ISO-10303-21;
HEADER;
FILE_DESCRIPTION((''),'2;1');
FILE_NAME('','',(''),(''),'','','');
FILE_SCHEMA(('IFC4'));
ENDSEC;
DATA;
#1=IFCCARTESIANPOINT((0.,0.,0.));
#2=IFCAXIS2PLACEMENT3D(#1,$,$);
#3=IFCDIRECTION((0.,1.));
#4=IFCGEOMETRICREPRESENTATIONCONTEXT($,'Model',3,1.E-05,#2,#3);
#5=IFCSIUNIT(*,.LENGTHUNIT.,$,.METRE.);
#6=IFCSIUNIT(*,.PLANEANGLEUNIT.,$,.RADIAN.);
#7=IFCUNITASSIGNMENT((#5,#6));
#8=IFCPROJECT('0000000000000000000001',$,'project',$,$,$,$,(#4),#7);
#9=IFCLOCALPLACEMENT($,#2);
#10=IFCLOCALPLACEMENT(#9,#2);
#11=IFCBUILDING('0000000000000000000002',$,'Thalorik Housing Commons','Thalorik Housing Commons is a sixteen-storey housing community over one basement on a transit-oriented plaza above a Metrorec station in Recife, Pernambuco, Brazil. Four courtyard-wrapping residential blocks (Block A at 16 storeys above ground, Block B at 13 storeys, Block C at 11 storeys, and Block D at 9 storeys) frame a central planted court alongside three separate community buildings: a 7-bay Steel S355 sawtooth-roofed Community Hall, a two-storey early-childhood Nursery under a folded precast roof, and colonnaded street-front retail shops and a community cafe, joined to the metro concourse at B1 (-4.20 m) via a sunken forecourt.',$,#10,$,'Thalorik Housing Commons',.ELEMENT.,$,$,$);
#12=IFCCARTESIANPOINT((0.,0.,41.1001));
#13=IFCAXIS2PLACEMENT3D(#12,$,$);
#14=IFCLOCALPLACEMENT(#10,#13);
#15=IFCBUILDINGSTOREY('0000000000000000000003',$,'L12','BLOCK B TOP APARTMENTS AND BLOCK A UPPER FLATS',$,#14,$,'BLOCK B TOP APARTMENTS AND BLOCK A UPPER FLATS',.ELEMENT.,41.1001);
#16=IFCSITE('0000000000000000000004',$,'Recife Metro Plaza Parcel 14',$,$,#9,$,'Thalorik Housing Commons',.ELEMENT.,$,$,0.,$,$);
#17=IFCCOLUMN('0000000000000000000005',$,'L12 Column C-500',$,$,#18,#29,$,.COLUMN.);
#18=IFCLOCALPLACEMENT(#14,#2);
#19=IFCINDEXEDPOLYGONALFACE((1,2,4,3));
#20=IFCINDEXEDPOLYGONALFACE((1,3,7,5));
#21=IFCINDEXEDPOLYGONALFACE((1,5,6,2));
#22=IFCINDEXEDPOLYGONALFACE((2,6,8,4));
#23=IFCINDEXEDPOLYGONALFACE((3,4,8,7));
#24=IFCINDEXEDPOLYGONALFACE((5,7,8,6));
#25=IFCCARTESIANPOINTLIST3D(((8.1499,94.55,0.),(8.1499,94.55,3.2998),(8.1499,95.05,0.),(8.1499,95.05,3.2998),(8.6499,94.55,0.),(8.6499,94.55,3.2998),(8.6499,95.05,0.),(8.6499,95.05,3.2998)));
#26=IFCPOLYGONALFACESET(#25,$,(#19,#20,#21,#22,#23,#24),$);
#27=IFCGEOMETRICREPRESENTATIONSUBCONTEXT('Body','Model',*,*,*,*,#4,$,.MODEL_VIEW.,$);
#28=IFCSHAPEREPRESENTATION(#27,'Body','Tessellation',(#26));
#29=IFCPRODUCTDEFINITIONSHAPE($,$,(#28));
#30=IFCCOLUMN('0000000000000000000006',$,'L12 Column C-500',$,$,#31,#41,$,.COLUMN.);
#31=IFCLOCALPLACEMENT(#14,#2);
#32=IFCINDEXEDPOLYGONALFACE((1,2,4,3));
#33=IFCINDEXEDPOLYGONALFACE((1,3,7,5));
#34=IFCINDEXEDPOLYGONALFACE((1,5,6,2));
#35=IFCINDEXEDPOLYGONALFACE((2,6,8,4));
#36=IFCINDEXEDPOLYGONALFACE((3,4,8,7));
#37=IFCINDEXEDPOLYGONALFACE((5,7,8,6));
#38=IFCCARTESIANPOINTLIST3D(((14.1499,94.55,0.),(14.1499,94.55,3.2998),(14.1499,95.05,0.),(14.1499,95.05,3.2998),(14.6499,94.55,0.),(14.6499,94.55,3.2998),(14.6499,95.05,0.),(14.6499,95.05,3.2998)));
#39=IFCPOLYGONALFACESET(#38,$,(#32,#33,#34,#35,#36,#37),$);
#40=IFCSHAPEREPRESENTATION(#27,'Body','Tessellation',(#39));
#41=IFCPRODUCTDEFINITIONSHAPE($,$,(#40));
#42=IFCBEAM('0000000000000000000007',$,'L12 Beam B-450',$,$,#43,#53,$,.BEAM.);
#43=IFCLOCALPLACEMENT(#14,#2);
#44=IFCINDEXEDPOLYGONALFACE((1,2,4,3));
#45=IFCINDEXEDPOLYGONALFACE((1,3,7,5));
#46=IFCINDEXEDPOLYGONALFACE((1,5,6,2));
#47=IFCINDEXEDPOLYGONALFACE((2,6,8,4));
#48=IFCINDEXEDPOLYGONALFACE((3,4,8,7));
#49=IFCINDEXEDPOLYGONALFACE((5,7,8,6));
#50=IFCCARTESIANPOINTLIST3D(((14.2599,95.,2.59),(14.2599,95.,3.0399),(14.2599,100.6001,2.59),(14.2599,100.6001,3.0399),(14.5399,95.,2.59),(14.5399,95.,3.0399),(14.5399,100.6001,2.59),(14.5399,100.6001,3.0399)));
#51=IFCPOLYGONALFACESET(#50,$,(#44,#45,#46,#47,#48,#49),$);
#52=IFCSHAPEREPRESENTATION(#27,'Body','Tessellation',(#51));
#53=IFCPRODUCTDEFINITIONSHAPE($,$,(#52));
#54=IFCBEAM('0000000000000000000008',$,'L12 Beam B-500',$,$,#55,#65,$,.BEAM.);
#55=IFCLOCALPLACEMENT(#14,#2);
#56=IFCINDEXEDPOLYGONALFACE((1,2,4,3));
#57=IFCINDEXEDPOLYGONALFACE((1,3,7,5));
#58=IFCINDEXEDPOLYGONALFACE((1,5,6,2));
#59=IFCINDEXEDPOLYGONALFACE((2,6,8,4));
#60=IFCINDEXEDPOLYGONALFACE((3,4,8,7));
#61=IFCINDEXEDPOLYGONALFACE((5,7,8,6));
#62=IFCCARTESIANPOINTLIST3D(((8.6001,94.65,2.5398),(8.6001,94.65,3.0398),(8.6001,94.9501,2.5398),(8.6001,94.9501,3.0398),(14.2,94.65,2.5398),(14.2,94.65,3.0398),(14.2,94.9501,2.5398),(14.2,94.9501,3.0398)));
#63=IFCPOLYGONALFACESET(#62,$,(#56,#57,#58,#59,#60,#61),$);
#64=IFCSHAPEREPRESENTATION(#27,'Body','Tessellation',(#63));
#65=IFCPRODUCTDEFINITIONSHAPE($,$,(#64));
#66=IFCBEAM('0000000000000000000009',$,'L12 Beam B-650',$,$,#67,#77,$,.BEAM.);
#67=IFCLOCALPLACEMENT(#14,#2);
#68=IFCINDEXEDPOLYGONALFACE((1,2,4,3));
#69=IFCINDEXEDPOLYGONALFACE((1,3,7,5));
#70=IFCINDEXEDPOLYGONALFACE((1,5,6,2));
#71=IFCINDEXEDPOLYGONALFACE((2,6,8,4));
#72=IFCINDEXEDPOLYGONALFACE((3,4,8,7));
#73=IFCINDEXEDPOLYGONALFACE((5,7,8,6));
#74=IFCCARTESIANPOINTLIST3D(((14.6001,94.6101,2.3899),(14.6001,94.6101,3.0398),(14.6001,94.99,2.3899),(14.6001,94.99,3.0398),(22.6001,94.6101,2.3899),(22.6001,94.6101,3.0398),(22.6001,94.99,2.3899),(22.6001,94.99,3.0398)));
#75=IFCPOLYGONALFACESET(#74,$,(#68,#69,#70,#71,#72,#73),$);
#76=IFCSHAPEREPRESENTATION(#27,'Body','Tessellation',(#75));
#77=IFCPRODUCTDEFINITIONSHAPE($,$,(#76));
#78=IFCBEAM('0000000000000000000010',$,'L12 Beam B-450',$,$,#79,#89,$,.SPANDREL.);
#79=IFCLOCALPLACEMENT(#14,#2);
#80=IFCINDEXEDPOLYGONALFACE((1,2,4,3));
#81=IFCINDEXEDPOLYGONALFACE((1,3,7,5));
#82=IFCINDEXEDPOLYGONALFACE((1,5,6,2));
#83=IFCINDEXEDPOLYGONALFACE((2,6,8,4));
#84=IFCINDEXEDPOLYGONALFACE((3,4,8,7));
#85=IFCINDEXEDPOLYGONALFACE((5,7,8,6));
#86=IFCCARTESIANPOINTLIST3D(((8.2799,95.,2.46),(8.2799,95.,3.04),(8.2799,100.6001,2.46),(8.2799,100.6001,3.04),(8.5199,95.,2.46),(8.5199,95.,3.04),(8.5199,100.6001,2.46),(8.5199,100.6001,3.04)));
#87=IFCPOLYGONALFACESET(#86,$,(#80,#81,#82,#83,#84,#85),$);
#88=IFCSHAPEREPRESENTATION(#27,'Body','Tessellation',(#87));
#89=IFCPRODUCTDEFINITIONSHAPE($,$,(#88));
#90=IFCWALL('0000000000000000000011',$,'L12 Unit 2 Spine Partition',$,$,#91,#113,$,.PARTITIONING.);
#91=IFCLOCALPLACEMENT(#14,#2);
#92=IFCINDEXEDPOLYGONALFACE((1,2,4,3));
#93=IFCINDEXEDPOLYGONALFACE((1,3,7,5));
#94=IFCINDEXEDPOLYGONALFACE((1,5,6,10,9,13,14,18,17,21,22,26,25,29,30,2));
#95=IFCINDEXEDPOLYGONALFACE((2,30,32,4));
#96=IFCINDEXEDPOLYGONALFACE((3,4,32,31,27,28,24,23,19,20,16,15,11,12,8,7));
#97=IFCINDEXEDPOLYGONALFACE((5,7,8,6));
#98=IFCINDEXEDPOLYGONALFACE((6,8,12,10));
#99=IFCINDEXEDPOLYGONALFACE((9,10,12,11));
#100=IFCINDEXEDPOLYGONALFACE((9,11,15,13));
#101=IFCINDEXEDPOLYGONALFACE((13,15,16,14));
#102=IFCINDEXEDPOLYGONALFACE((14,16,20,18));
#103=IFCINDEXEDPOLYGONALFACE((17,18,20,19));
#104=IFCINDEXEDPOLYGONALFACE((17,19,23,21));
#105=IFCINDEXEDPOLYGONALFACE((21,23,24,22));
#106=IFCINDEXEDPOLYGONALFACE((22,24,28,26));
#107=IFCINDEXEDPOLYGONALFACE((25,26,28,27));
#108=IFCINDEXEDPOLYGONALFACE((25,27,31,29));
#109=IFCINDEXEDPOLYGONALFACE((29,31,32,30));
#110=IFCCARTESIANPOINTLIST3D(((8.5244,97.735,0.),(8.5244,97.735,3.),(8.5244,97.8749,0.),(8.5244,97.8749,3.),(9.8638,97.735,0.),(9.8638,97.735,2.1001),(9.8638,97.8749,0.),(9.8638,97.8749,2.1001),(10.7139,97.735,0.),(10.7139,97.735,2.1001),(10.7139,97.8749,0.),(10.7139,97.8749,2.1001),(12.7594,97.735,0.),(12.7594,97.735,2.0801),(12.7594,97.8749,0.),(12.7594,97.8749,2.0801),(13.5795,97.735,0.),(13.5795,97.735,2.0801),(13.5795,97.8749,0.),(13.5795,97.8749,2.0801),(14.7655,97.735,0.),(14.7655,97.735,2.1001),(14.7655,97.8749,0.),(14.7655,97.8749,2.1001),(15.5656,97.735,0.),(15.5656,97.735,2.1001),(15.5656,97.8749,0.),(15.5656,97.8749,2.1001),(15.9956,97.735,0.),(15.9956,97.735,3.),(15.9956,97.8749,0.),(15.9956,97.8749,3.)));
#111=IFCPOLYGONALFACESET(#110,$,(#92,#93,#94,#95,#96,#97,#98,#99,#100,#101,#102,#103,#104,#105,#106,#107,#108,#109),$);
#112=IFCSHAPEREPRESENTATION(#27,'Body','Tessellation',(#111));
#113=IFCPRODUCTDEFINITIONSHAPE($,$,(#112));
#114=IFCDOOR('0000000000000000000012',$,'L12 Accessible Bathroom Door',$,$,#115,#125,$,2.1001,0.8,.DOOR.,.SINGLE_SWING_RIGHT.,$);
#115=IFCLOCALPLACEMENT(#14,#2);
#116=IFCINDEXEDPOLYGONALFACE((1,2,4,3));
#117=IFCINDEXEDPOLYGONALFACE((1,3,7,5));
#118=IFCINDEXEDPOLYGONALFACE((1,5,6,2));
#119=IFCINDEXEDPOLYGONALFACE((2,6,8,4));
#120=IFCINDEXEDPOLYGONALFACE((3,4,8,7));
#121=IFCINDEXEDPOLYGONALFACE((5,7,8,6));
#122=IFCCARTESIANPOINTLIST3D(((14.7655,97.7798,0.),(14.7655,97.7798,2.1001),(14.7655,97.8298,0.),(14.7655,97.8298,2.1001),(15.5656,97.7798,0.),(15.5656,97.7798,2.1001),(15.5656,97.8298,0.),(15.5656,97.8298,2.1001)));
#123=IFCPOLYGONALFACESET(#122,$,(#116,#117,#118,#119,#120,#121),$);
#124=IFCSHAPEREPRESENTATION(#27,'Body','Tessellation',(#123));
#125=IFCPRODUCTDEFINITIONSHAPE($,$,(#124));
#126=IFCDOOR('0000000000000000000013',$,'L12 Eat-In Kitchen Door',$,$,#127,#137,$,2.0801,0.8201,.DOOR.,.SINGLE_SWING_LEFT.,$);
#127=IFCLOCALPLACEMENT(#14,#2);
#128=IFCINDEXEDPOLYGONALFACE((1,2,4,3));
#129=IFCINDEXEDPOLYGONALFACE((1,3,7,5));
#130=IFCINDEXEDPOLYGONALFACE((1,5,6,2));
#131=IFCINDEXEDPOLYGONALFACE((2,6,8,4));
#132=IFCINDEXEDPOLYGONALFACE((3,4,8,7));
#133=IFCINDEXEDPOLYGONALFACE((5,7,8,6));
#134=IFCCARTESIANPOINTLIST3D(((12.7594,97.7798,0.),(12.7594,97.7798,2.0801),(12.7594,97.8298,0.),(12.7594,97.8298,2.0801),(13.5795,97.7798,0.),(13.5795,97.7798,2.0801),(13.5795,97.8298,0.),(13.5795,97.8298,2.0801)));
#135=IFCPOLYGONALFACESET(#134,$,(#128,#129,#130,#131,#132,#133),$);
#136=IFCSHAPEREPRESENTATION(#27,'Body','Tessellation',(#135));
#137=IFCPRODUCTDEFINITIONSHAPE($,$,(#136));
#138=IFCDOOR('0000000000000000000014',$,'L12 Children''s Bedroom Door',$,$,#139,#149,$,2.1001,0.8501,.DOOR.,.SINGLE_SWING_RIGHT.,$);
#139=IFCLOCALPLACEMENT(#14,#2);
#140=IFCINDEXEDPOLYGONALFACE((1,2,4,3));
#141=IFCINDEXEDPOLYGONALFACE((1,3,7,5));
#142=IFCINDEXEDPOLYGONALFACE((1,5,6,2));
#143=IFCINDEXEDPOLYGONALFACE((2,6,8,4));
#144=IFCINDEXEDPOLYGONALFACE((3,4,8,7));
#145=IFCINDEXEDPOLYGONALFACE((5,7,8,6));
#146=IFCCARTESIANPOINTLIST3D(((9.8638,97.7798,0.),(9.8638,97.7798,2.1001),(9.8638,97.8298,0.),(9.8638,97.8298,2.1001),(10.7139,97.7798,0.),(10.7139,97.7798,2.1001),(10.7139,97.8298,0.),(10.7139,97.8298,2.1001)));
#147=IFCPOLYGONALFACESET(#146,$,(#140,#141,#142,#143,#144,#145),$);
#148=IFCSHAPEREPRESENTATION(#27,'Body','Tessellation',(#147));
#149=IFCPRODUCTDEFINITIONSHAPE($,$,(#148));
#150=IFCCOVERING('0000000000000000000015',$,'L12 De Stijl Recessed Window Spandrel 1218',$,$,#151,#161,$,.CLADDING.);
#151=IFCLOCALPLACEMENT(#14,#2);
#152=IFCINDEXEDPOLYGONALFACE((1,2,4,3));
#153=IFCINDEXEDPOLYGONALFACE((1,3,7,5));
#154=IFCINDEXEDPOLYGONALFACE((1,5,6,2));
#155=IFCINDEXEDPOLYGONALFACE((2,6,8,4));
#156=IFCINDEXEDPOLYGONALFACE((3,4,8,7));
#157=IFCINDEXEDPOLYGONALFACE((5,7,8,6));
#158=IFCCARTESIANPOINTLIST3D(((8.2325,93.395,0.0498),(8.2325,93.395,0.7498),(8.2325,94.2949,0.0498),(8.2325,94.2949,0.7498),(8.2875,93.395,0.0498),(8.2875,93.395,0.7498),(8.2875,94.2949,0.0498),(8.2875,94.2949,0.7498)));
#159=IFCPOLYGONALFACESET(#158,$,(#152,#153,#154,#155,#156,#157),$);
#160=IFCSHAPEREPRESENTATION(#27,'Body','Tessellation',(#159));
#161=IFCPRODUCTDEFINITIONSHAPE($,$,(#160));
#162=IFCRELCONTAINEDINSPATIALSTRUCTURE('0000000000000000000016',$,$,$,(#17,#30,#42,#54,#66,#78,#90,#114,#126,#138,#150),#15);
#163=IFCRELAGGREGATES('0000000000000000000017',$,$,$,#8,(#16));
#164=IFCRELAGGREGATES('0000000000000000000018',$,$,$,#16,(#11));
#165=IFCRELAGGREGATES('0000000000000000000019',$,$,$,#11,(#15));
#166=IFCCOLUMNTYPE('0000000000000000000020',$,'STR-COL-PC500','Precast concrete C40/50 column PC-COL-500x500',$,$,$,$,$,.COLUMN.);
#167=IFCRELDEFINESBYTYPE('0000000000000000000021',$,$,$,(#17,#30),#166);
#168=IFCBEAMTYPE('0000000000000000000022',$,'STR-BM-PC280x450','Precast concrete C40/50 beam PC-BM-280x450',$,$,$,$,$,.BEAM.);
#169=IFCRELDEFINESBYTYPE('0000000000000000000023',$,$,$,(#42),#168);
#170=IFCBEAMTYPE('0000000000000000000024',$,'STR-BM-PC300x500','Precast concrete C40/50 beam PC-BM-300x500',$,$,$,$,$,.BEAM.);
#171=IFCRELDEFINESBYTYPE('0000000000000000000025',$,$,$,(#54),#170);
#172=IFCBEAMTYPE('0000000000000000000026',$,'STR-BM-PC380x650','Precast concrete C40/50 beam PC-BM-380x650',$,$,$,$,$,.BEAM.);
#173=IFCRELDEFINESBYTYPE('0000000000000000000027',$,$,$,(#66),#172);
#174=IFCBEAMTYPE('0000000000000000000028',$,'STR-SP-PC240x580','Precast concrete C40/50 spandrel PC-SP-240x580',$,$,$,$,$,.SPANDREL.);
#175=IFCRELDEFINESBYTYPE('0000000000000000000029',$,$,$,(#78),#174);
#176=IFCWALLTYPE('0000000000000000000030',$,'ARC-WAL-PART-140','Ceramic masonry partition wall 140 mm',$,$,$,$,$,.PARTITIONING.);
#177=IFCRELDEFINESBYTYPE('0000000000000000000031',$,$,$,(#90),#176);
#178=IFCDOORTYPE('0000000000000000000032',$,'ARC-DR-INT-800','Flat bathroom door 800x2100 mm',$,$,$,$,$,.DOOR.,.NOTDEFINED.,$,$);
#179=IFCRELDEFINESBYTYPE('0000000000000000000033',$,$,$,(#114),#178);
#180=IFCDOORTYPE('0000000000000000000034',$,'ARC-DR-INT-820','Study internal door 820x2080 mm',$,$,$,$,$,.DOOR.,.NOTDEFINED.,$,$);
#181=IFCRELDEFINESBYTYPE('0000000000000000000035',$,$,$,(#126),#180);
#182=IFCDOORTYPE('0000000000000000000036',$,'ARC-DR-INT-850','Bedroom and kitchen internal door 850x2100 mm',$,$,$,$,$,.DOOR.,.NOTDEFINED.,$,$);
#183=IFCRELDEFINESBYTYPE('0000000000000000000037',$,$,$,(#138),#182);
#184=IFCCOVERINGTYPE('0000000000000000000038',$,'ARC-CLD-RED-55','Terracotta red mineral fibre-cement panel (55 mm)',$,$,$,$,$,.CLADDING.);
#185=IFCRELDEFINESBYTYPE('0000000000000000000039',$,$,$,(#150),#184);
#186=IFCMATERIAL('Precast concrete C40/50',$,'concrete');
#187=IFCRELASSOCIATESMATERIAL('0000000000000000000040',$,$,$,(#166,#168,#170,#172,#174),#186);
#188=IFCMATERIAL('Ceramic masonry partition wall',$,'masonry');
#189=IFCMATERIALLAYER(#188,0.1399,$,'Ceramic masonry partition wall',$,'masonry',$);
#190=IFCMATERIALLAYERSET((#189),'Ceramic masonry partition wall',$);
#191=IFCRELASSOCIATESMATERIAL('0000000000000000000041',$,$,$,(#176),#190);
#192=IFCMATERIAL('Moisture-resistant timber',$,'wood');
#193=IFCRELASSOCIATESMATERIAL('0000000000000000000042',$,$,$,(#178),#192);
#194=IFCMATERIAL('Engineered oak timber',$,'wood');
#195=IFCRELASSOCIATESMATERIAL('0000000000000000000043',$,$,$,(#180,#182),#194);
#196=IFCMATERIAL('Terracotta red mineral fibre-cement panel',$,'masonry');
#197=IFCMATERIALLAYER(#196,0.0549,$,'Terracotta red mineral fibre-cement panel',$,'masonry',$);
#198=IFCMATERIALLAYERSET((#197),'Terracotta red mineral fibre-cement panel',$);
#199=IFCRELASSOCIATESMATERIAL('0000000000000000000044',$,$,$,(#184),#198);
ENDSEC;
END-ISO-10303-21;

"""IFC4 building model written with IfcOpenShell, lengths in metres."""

from ifc_helpers import new_model, si_unit, direction, frame, frame_2d, origin, origin_2d, place, context, subcontext, project, spatial, rectangle, extrude, material, layer, layer_set, material_profile, profile_set, type_object, element, fill, save


model = new_model("IFC4")

# Units and contexts
model_context = context("Model", 3, precision=1e-05, world=origin(), true_north=direction((0.0, 1.0)))
body_context = subcontext(model_context, "Body", "Model", "MODEL_VIEW")
ifc_project = project(units=[si_unit("LENGTHUNIT", "METRE"), si_unit("PLANEANGLEUNIT", "RADIAN")], contexts=[model_context])

# Site, building, storey
site_placement = place(None, origin())
site = spatial("IfcSite", under=ifc_project, at=site_placement, Name="Recife Metro Plaza Parcel 14", LongName="Thalorik Housing Commons", CompositionType="ELEMENT", RefElevation=0.0)
building_placement = place(site_placement, origin())
building = spatial("IfcBuilding", under=site, at=building_placement, Name="Thalorik Housing Commons", Description="Thalorik Housing Commons is a sixteen-storey housing community over one basement on a transit-oriented plaza above a Metrorec station in Recife, Pernambuco, Brazil. Four courtyard-wrapping residential blocks (Block A at 16 storeys above ground, Block B at 13 storeys, Block C at 11 storeys, and Block D at 9 storeys) frame a central planted court alongside three separate community buildings: a 7-bay Steel S355 sawtooth-roofed Community Hall, a two-storey early-childhood Nursery under a folded precast roof, and colonnaded street-front retail shops and a community cafe, joined to the metro concourse at B1 (-4.20 m) via a sunken forecourt.", LongName="Thalorik Housing Commons", CompositionType="ELEMENT")
storey_placement = place(building_placement, frame((0.0, 0.0, 41.1001)))
storey = spatial("IfcBuildingStorey", under=building, at=storey_placement, Name="L12", Description="BLOCK B TOP APARTMENTS AND BLOCK A UPPER FLATS", LongName="BLOCK B TOP APARTMENTS AND BLOCK A UPPER FLATS", CompositionType="ELEMENT", Elevation=41.1001)

# Columns
ifc_material_1 = material(Name="Precast concrete C40/50", Category="concrete")
ifc_material_profile_1 = material_profile(ifc_material_1, rectangle(XDim=0.5, YDim=0.5, at=origin_2d()), Name="PC 500x500", Category="concrete")
ifc_profile_set_1 = profile_set([ifc_material_profile_1], Name="Precast concrete C40/50")
column_type = type_object("IfcColumnType", Name="STR-COL-PC500", Description="Precast concrete C40/50 column PC-COL-500x500", PredefinedType="COLUMN", material=ifc_profile_set_1)
for number, where, z_axis, x_axis, name in (
    (1, (8.3999, 94.8, 0.0), (0.0, 0.0, 1.0), (1.0, 0.0, 0.0), "L12 Column C-500"),
    (2, (14.3999, 94.8, 0.0), (0.0, 0.0, 1.0), (1.0, 0.0, 0.0), "L12 Column C-500"),
):
    element("IfcColumn", number, at=place(storey_placement, frame(where, z_axis=z_axis, x_axis=x_axis)), inside=storey, type_object=column_type, Name=name, PredefinedType="COLUMN", context=body_context, shape_type="SweptSolid", body=[
        extrude(rectangle(XDim=0.5, YDim=0.5, at=origin_2d()), origin(), (0.0, 0.0, 1.0), 3.2998),
    ])

# Beams
ifc_material_profile_2 = material_profile(ifc_material_1, rectangle(XDim=0.28, YDim=0.45, at=origin_2d()), Name="PC 280x450", Category="concrete")
ifc_profile_set_2 = profile_set([ifc_material_profile_2], Name="Precast concrete C40/50")
beam_type_1 = type_object("IfcBeamType", Name="STR-BM-PC280x450", Description="Precast concrete C40/50 beam PC-BM-280x450", PredefinedType="BEAM", material=ifc_profile_set_2)
beam_1_placement = place(storey_placement, frame((14.3999, 95.0, 2.8149), z_axis=(0.0, 1.0, 0.0), x_axis=(-1.0, 0.0, 0.0)))
element("IfcBeam", 3, at=beam_1_placement, inside=storey, type_object=beam_type_1, Name="L12 Beam B-450", PredefinedType="BEAM", context=body_context, shape_type="SweptSolid", body=[
    extrude(rectangle(XDim=0.28, YDim=0.45, at=origin_2d()), origin(), (0.0, 0.0, 1.0), 5.6001),
])
ifc_material_profile_3 = material_profile(ifc_material_1, rectangle(XDim=0.3, YDim=0.5, at=origin_2d()), Name="PC 300x500", Category="concrete")
ifc_profile_set_3 = profile_set([ifc_material_profile_3], Name="Precast concrete C40/50")
beam_type_2 = type_object("IfcBeamType", Name="STR-BM-PC300x500", Description="Precast concrete C40/50 beam PC-BM-300x500", PredefinedType="BEAM", material=ifc_profile_set_3)
beam_2_placement = place(storey_placement, frame((8.6001, 94.8, 2.7898), z_axis=(1.0, 0.0, 0.0), x_axis=(0.0, 1.0, 0.0)))
element("IfcBeam", 4, at=beam_2_placement, inside=storey, type_object=beam_type_2, Name="L12 Beam B-500", PredefinedType="BEAM", context=body_context, shape_type="SweptSolid", body=[
    extrude(rectangle(XDim=0.3, YDim=0.5, at=origin_2d()), origin(), (0.0, 0.0, 1.0), 5.5999),
])
ifc_material_profile_4 = material_profile(ifc_material_1, rectangle(XDim=0.3799, YDim=0.6499, at=origin_2d()), Name="PC 380x650", Category="concrete")
ifc_profile_set_4 = profile_set([ifc_material_profile_4], Name="Precast concrete C40/50")
beam_type_3 = type_object("IfcBeamType", Name="STR-BM-PC380x650", Description="Precast concrete C40/50 beam PC-BM-380x650", PredefinedType="BEAM", material=ifc_profile_set_4)
beam_3_placement = place(storey_placement, frame((14.6001, 94.8, 2.7148), z_axis=(1.0, 0.0, 0.0), x_axis=(0.0, 1.0, 0.0)))
element("IfcBeam", 5, at=beam_3_placement, inside=storey, type_object=beam_type_3, Name="L12 Beam B-650", PredefinedType="BEAM", context=body_context, shape_type="SweptSolid", body=[
    extrude(rectangle(XDim=0.3799, YDim=0.6499, at=origin_2d()), origin(), (0.0, 0.0, 1.0), 8.0),
])
ifc_material_profile_5 = material_profile(ifc_material_1, rectangle(XDim=0.24, YDim=0.5801, at=origin_2d()), Name="PC SP 240x580", Category="concrete")
ifc_profile_set_5 = profile_set([ifc_material_profile_5], Name="Precast concrete C40/50")
beam_type_4 = type_object("IfcBeamType", Name="STR-SP-PC240x580", Description="Precast concrete C40/50 spandrel PC-SP-240x580", PredefinedType="SPANDREL", material=ifc_profile_set_5)
beam_4_placement = place(storey_placement, frame((8.3999, 95.0, 2.75), z_axis=(0.0, 1.0, 0.0), x_axis=(-1.0, 0.0, 0.0)))
element("IfcBeam", 6, at=beam_4_placement, inside=storey, type_object=beam_type_4, Name="L12 Beam B-450", PredefinedType="SPANDREL", context=body_context, shape_type="SweptSolid", body=[
    extrude(rectangle(XDim=0.24, YDim=0.5801, at=origin_2d()), origin(), (0.0, 0.0, 1.0), 5.6001),
])

# Wall, openings, doors
ifc_material_2 = material(Name="Ceramic masonry partition wall", Category="masonry")
ifc_layer_1 = layer(ifc_material_2, 0.1399, Name="Ceramic masonry partition wall", Category="masonry")
ifc_layer_set_1 = layer_set([ifc_layer_1], Name="Ceramic masonry partition wall")
wall_type_1 = type_object("IfcWallType", Name="ARC-WAL-PART-140", Description="Ceramic masonry partition wall 140 mm", PredefinedType="PARTITIONING", material=ifc_layer_set_1)
wall_1_placement = place(storey_placement, frame((8.5244, 97.8049, 0.0), z_axis=(0.0, 0.0, 1.0), x_axis=(1.0, 0.0, 0.0)))
wall_1 = element("IfcWall", 7, at=wall_1_placement, inside=storey, type_object=wall_type_1, Name="L12 Unit 2 Spine Partition", PredefinedType="PARTITIONING", context=body_context, shape_type="SweptSolid", body=[
    extrude(rectangle(XDim=7.4712, YDim=0.1399, at=frame_2d((3.7356, 0.0))), origin(), (0.0, 0.0, 1.0), 3.0),
])
opening_1_placement = place(wall_1_placement, frame((1.3394, 0.0, 0.0)))
opening_1 = element("IfcOpeningElement", 8, at=opening_1_placement, cuts=wall_1, PredefinedType="OPENING", context=body_context, shape_type="SweptSolid", body=[
    extrude(rectangle(XDim=0.8501, YDim=2.1001, at=frame_2d((0.425, 1.05))), frame((0.0, 0.0801, 0.0), z_axis=(0.0, -1.0, 0.0), x_axis=(1.0, 0.0, 0.0)), (0.0, 0.0, 1.0), 0.1599),
])
opening_2_placement = place(wall_1_placement, frame((4.2349, 0.0, 0.0)))
opening_2 = element("IfcOpeningElement", 9, at=opening_2_placement, cuts=wall_1, PredefinedType="OPENING", context=body_context, shape_type="SweptSolid", body=[
    extrude(rectangle(XDim=0.8201, YDim=2.0801, at=frame_2d((0.4102, 1.04))), frame((0.0, 0.0801, 0.0), z_axis=(0.0, -1.0, 0.0), x_axis=(1.0, 0.0, 0.0)), (0.0, 0.0, 1.0), 0.1599),
])
opening_3_placement = place(wall_1_placement, frame((6.2412, 0.0, 0.0)))
opening_3 = element("IfcOpeningElement", 10, at=opening_3_placement, cuts=wall_1, PredefinedType="OPENING", context=body_context, shape_type="SweptSolid", body=[
    extrude(rectangle(XDim=0.8, YDim=2.1001, at=frame_2d((0.3999, 1.05))), frame((0.0, 0.0801, 0.0), z_axis=(0.0, -1.0, 0.0), x_axis=(1.0, 0.0, 0.0)), (0.0, 0.0, 1.0), 0.1599),
])
ifc_material_3 = material(Name="Moisture-resistant timber", Category="wood")
door_type_1 = type_object("IfcDoorType", Name="ARC-DR-INT-800", Description="Flat bathroom door 800x2100 mm", OperationType="NOTDEFINED", PredefinedType="DOOR", material=ifc_material_3)
door_1_placement = place(opening_3_placement, origin())
door_1 = element("IfcDoor", 11, at=door_1_placement, inside=storey, type_object=door_type_1, Name="L12 Accessible Bathroom Door", OperationType="SINGLE_SWING_RIGHT", OverallHeight=2.1001, OverallWidth=0.8, PredefinedType="DOOR", context=body_context, shape_type="SweptSolid", body=[
    extrude(rectangle(XDim=0.8, YDim=2.1001, at=frame_2d((0.3999, 1.05))), frame((0.0, 0.0249, 0.0), z_axis=(0.0, -1.0, 0.0), x_axis=(1.0, 0.0, 0.0)), (0.0, 0.0, 1.0), 0.05),
])
fill(opening_3, door_1)
ifc_material_4 = material(Name="Engineered oak timber", Category="wood")
door_type_2 = type_object("IfcDoorType", Name="ARC-DR-INT-820", Description="Study internal door 820x2080 mm", OperationType="NOTDEFINED", PredefinedType="DOOR", material=ifc_material_4)
door_2_placement = place(opening_2_placement, origin())
door_2 = element("IfcDoor", 12, at=door_2_placement, inside=storey, type_object=door_type_2, Name="L12 Eat-In Kitchen Door", OperationType="SINGLE_SWING_LEFT", OverallHeight=2.0801, OverallWidth=0.8201, PredefinedType="DOOR", context=body_context, shape_type="SweptSolid", body=[
    extrude(rectangle(XDim=0.8201, YDim=2.0801, at=frame_2d((0.4102, 1.04))), frame((0.0, 0.0249, 0.0), z_axis=(0.0, -1.0, 0.0), x_axis=(1.0, 0.0, 0.0)), (0.0, 0.0, 1.0), 0.05),
])
fill(opening_2, door_2)
door_type_3 = type_object("IfcDoorType", Name="ARC-DR-INT-850", Description="Bedroom and kitchen internal door 850x2100 mm", OperationType="NOTDEFINED", PredefinedType="DOOR", material=ifc_material_4)
door_3_placement = place(opening_1_placement, origin())
door_3 = element("IfcDoor", 13, at=door_3_placement, inside=storey, type_object=door_type_3, Name="L12 Children's Bedroom Door", OperationType="SINGLE_SWING_RIGHT", OverallHeight=2.1001, OverallWidth=0.8501, PredefinedType="DOOR", context=body_context, shape_type="SweptSolid", body=[
    extrude(rectangle(XDim=0.8501, YDim=2.1001, at=frame_2d((0.425, 1.05))), frame((0.0, 0.0249, 0.0), z_axis=(0.0, -1.0, 0.0), x_axis=(1.0, 0.0, 0.0)), (0.0, 0.0, 1.0), 0.05),
])
fill(opening_1, door_3)

# Covering
ifc_material_5 = material(Name="Terracotta red mineral fibre-cement panel", Category="masonry")
ifc_layer_2 = layer(ifc_material_5, 0.0549, Name="Terracotta red mineral fibre-cement panel", Category="masonry")
ifc_layer_set_2 = layer_set([ifc_layer_2], Name="Terracotta red mineral fibre-cement panel")
covering_type_1 = type_object("IfcCoveringType", Name="ARC-CLD-RED-55", Description="Terracotta red mineral fibre-cement panel (55 mm)", PredefinedType="CLADDING", material=ifc_layer_set_2)
covering_1_placement = place(storey_placement, frame((8.26, 93.845, 0.0498), z_axis=(0.0, 0.0, 1.0), x_axis=(0.0, -1.0, 0.0)))
element("IfcCovering", 14, at=covering_1_placement, inside=storey, type_object=covering_type_1, Name="L12 De Stijl Recessed Window Spandrel 1218", PredefinedType="CLADDING", context=body_context, shape_type="SweptSolid", body=[
    extrude(rectangle(XDim=0.8999, YDim=0.0549, at=origin_2d()), origin(), (0.0, 0.0, 1.0), 0.7),
])

save(model, "model.ifc")
